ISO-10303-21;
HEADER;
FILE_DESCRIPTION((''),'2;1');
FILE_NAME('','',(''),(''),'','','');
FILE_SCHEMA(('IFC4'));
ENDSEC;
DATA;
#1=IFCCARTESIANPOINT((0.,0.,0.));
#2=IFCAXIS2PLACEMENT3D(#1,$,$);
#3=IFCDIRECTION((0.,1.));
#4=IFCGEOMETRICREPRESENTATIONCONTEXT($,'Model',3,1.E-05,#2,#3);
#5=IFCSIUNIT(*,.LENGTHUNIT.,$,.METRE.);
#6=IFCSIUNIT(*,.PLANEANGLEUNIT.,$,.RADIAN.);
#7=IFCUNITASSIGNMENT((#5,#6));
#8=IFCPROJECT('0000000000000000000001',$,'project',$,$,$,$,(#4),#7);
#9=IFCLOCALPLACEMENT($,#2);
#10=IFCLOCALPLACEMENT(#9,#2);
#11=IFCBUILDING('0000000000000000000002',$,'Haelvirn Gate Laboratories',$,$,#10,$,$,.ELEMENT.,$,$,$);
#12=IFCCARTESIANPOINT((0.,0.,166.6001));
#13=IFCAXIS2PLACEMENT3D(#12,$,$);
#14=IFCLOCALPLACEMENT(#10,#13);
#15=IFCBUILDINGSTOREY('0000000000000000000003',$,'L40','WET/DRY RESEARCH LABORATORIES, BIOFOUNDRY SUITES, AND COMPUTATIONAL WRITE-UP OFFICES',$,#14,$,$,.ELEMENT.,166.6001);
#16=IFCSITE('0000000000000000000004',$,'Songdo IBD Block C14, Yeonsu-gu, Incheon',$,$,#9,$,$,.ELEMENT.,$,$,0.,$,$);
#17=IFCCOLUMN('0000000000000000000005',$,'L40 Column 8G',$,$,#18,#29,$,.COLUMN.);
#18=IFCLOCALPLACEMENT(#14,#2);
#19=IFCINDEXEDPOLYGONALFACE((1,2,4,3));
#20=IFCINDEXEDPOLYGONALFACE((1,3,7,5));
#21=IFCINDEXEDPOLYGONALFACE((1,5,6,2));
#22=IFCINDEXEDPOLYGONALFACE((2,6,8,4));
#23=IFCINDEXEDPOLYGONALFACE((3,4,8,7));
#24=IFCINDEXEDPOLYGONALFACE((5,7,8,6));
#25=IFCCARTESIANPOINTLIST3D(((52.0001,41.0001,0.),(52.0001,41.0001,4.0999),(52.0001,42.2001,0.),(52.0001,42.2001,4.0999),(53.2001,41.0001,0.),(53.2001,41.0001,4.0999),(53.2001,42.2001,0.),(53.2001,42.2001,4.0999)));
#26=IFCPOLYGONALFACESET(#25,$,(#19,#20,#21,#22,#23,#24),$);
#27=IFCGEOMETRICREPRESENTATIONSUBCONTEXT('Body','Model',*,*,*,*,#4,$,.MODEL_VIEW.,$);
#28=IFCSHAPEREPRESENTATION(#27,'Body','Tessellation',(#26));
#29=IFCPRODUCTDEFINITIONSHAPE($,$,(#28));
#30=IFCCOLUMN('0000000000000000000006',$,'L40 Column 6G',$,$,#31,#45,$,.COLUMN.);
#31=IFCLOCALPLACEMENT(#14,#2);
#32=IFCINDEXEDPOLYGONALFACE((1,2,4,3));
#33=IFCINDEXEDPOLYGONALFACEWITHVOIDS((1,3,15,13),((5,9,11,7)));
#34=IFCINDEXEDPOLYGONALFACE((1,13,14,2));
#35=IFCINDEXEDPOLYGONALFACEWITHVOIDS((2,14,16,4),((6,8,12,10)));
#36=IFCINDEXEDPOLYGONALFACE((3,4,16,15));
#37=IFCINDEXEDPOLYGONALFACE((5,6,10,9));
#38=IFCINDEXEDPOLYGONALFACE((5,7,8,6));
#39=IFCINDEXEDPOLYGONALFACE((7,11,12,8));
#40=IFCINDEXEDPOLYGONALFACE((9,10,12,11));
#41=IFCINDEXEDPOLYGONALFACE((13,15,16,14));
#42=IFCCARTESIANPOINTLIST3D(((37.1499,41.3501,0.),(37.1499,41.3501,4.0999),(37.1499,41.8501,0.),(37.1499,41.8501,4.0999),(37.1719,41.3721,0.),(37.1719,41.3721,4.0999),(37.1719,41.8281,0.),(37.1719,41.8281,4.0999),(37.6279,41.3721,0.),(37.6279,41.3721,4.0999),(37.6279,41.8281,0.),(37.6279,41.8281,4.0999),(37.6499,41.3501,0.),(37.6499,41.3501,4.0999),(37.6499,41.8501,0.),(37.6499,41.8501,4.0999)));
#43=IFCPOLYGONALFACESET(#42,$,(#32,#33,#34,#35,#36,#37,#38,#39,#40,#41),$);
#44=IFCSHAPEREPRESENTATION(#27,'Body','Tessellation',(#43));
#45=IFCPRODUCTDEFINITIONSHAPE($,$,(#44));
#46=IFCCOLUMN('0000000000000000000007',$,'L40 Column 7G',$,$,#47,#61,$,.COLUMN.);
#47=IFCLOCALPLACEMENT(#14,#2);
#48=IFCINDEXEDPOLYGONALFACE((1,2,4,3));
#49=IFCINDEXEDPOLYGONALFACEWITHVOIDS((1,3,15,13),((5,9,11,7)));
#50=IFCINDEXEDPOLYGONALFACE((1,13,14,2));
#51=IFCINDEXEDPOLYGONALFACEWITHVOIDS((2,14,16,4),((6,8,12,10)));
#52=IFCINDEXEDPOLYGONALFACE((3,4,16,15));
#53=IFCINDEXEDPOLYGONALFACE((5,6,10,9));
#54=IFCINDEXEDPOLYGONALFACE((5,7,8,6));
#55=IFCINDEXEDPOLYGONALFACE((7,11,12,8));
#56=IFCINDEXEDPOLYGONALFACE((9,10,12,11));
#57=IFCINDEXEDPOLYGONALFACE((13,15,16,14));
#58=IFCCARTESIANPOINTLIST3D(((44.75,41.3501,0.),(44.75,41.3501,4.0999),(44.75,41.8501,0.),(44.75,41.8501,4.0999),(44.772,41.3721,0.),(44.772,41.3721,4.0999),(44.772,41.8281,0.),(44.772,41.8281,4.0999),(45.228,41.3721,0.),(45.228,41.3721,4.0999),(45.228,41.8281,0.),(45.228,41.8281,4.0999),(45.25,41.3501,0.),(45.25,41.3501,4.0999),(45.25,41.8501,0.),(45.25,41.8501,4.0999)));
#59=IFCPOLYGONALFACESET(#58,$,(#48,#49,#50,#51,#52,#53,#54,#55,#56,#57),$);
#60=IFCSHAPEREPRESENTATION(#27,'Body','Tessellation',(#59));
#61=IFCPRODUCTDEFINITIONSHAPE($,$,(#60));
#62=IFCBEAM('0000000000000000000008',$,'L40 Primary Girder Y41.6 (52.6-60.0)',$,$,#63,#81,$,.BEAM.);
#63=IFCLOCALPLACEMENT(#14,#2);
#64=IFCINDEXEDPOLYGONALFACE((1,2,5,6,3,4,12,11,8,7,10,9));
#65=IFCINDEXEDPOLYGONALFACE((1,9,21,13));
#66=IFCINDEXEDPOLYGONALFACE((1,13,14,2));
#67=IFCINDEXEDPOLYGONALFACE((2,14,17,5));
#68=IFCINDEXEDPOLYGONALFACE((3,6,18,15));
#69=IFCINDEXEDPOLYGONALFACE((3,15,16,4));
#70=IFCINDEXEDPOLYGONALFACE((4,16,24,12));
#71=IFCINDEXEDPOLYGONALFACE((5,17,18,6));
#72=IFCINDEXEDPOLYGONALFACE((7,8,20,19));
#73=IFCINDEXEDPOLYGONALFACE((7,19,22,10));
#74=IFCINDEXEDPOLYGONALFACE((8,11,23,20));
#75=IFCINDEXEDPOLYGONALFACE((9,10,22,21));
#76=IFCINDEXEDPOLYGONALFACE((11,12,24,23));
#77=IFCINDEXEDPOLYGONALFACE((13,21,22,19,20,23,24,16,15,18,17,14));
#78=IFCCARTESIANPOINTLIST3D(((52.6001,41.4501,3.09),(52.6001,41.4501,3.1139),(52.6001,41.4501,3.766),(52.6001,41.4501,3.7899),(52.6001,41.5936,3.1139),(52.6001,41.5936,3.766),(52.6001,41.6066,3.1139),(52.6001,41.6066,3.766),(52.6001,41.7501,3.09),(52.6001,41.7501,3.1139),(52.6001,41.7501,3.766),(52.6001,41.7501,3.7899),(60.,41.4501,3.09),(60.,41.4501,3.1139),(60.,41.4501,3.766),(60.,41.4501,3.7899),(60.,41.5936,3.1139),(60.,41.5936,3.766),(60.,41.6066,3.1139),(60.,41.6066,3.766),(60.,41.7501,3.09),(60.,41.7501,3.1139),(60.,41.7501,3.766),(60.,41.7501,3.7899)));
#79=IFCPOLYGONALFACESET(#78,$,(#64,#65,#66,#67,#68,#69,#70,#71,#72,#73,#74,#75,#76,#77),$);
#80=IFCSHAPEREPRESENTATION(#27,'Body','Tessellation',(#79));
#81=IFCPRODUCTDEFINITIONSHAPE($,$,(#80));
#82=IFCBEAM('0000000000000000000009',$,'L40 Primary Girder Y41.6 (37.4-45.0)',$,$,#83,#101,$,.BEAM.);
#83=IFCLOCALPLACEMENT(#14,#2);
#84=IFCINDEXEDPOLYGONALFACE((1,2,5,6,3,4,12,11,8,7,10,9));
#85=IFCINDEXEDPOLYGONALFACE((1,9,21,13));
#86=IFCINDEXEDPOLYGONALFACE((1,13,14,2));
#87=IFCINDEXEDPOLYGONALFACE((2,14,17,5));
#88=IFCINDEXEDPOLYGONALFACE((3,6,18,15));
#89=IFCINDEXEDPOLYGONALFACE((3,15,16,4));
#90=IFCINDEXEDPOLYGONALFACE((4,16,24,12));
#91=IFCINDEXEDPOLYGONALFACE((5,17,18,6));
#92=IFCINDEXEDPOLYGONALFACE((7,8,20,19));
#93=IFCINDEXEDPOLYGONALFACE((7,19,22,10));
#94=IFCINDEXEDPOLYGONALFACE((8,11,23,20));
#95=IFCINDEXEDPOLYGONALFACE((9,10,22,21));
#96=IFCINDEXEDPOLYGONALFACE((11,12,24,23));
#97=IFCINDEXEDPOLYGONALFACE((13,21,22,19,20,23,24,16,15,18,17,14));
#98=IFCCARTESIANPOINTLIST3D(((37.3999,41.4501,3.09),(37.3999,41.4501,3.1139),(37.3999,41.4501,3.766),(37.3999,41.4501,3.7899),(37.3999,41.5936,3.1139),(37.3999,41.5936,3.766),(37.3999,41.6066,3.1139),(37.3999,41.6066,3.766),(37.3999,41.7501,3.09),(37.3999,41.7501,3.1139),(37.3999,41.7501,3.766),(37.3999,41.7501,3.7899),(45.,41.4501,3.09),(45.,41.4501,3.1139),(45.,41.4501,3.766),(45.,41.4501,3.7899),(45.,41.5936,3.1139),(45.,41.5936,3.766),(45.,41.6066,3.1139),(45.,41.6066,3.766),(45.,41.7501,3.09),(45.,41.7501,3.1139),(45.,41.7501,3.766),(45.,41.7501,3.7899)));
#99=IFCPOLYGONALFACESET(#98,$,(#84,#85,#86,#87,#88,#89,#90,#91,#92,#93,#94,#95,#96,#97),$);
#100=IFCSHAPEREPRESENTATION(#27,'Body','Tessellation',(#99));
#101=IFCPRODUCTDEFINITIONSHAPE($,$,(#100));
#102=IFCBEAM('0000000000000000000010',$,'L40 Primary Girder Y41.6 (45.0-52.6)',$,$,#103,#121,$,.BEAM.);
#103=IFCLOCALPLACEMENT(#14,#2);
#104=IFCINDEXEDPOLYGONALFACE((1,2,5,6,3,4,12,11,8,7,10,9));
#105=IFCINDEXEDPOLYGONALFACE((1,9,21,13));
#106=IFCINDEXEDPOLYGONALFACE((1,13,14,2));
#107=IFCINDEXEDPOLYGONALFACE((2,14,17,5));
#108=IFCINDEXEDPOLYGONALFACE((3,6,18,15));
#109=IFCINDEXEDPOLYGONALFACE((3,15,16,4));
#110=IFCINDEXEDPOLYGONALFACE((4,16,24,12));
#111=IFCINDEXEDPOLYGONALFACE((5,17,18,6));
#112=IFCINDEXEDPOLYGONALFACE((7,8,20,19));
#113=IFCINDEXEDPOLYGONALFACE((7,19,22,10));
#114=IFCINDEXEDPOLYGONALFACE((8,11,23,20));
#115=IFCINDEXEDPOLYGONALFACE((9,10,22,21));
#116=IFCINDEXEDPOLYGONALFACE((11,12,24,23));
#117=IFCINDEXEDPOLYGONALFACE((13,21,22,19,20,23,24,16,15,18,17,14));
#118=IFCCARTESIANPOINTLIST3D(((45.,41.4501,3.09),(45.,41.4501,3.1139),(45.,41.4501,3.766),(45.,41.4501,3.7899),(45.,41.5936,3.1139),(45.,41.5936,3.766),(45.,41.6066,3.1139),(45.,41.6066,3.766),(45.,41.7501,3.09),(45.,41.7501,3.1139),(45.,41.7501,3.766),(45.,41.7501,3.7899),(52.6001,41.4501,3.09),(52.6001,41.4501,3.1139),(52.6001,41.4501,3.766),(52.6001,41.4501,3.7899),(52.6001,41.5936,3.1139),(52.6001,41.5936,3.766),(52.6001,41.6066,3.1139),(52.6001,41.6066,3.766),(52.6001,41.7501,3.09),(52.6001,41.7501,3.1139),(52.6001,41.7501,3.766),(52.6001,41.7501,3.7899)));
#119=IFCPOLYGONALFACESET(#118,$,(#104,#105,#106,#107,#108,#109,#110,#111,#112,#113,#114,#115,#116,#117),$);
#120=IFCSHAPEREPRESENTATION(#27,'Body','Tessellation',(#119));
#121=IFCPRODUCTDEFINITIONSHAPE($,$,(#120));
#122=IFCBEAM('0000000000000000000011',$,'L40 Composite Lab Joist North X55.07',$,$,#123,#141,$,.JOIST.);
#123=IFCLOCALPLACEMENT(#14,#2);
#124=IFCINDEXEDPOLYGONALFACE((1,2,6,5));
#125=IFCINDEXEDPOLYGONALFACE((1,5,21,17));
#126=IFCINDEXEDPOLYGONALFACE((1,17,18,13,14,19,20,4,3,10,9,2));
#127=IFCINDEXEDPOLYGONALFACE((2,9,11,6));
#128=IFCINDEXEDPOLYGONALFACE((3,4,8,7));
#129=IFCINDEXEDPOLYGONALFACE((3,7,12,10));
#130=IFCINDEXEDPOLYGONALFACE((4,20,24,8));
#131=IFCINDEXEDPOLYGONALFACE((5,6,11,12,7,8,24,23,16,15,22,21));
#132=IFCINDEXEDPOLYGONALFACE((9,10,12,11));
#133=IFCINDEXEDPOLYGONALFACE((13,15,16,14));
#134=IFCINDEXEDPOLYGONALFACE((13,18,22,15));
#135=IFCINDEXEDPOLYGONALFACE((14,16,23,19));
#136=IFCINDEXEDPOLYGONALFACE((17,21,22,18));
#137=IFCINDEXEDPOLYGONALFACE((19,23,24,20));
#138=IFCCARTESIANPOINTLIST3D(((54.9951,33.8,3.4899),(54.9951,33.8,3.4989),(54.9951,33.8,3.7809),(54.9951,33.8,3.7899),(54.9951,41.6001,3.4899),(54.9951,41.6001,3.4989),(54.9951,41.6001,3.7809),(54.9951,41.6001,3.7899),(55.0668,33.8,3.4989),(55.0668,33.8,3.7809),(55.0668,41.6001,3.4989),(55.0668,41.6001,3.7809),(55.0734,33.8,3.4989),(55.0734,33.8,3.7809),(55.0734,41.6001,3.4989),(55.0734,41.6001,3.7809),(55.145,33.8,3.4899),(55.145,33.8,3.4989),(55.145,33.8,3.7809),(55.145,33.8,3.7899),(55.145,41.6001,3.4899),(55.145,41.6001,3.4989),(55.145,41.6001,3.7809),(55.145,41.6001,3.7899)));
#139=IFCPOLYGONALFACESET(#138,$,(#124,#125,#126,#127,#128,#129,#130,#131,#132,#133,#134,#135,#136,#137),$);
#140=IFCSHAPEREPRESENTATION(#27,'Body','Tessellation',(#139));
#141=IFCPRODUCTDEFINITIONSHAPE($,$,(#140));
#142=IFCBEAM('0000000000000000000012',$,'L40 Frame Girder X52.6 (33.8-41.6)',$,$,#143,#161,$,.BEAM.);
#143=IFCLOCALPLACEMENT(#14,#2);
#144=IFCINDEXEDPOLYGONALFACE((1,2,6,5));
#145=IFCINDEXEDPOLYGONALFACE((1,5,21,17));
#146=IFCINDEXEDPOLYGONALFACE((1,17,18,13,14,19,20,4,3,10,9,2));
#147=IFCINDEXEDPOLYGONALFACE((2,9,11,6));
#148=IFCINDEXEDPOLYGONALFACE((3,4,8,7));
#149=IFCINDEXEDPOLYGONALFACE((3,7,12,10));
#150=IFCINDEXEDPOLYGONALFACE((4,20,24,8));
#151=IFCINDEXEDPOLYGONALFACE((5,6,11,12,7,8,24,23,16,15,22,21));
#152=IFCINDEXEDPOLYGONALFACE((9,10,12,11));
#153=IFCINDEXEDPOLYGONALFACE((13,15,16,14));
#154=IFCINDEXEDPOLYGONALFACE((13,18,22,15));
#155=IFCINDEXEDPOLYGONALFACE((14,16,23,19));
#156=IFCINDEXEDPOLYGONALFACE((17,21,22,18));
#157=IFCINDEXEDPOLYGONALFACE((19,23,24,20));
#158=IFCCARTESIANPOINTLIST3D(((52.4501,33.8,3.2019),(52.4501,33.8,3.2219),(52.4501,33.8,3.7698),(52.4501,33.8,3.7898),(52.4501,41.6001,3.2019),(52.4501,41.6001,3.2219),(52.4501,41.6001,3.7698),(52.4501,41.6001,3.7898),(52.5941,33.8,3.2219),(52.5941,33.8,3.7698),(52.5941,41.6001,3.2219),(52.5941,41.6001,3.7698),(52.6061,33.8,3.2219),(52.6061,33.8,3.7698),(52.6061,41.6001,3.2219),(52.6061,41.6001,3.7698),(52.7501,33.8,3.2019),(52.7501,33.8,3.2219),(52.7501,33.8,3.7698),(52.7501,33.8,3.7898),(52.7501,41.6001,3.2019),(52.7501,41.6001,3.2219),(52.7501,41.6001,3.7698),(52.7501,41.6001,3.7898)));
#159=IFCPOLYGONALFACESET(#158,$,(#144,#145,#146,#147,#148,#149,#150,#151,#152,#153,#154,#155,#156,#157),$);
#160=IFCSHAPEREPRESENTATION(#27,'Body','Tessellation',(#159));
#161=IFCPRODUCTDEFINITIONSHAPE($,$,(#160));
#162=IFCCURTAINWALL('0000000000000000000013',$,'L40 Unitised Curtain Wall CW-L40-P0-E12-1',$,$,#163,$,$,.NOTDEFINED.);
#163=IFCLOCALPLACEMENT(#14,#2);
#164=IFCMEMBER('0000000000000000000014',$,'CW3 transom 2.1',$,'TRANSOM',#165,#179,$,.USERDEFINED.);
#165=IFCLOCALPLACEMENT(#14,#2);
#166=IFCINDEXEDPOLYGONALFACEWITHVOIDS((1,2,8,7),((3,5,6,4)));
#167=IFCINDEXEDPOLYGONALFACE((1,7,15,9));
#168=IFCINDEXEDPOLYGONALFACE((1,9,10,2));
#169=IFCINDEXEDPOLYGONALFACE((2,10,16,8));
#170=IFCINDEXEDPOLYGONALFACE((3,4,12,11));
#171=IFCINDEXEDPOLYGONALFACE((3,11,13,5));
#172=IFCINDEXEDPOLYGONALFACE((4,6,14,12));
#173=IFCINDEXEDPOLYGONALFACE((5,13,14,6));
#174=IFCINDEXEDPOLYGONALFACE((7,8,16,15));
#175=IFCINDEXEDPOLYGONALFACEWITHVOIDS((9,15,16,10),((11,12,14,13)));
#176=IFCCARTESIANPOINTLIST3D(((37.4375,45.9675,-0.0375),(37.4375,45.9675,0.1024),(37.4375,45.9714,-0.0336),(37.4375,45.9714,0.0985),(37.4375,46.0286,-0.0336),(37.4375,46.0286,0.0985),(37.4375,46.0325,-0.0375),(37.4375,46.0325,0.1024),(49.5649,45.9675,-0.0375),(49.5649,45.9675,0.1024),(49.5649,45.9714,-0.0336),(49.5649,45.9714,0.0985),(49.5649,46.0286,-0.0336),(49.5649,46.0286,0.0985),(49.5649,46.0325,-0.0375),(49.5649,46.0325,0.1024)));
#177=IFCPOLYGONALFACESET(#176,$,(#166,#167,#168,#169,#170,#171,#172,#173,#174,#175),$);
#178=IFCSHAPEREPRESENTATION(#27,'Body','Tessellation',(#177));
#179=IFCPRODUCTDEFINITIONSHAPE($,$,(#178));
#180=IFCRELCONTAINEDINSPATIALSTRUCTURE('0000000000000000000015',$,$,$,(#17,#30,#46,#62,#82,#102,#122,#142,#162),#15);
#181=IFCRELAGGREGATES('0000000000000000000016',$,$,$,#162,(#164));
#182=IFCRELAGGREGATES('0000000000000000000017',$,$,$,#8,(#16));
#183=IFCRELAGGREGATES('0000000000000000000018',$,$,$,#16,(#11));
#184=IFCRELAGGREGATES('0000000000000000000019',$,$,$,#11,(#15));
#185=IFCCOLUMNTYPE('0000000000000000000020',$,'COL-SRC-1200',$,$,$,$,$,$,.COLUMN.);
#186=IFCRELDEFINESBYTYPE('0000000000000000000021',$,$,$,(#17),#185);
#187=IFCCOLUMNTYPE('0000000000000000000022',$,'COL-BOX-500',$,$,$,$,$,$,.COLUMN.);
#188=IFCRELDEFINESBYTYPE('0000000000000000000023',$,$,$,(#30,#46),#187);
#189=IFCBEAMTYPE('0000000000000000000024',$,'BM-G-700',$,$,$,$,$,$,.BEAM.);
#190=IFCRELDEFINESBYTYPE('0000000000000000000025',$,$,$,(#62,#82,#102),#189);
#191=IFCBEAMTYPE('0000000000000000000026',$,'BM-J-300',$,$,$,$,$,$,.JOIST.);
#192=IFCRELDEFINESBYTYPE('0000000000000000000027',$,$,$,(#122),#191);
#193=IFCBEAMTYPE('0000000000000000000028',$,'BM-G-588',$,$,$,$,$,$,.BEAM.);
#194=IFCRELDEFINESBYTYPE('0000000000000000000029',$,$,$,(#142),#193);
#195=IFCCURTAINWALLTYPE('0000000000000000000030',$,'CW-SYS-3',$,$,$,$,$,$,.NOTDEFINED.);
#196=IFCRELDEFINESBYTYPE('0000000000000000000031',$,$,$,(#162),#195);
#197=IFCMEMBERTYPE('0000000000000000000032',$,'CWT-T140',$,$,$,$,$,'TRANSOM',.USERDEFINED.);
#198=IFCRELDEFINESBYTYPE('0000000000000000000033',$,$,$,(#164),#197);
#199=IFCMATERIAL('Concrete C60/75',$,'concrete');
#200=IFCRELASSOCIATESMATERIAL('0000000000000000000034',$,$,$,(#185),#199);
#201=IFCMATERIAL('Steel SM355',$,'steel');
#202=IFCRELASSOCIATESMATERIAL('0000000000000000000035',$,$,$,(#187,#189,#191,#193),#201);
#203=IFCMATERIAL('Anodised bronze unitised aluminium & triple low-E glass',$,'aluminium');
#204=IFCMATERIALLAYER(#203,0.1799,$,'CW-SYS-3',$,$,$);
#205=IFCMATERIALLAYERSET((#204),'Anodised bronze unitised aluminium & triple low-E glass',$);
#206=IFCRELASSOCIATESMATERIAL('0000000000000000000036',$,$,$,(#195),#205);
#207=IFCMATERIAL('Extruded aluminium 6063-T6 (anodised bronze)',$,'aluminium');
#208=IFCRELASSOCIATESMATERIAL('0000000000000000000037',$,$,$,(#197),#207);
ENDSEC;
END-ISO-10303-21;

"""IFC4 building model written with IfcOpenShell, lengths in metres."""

from ifc_helpers import new_model, si_unit, direction, frame, origin, origin_2d, place, context, subcontext, project, spatial, rectangle, hollow_rectangle, i_section, extrude, source, transform, mapped, material, layer, layer_set, material_profile, profile_set, type_object, type_shapes, element, aggregate, save


model = new_model("IFC4")

# Units and contexts
model_context = context("Model", 3, precision=1e-05, world=origin(), true_north=direction((0.0, 1.0)))
body_context = subcontext(model_context, "Body", "Model", "MODEL_VIEW")
ifc_project = project(units=[si_unit("LENGTHUNIT", "METRE"), si_unit("PLANEANGLEUNIT", "RADIAN")], contexts=[model_context])

# Site, building, storey
site_placement = place(None, origin())
site = spatial("IfcSite", under=ifc_project, at=site_placement, Name="Songdo IBD Block C14, Yeonsu-gu, Incheon", CompositionType="ELEMENT", RefElevation=0.0)
building_placement = place(site_placement, origin())
building = spatial("IfcBuilding", under=site, at=building_placement, Name="Haelvirn Gate Laboratories", CompositionType="ELEMENT")
storey_placement = place(building_placement, frame((0.0, 0.0, 166.6001)))
storey = spatial("IfcBuildingStorey", under=building, at=storey_placement, Name="L40", Description="WET/DRY RESEARCH LABORATORIES, BIOFOUNDRY SUITES, AND COMPUTATIONAL WRITE-UP OFFICES", CompositionType="ELEMENT", Elevation=166.6001)

# Columns
ifc_material_1 = material(Name="Concrete C60/75", Category="concrete")
ifc_material_profile_1 = material_profile(ifc_material_1, rectangle(XDim=1.2, YDim=1.2, at=origin_2d()), Name="SRC-1200x1200")
ifc_profile_set_1 = profile_set([ifc_material_profile_1], Name="Concrete C60/75")
column_type_1 = type_object("IfcColumnType", Name="COL-SRC-1200", PredefinedType="COLUMN", material=ifc_profile_set_1)
shared_shape_1 = source(origin(), body_context, "Body", "SweptSolid", [
    extrude(rectangle(XDim=1.2, YDim=1.2, at=origin_2d()), origin(), (0.0, 0.0, 1.0), 4.0999),
])
type_shapes(column_type_1, [shared_shape_1])
column_placement = place(storey_placement, frame((52.6001, 41.6001, 0.0), z_axis=(0.0, 0.0, 1.0), x_axis=(1.0, 0.0, 0.0)))
element("IfcColumn", 1, at=column_placement, inside=storey, type_object=column_type_1, Name="L40 Column 8G", PredefinedType="COLUMN", context=body_context, shape_type="MappedRepresentation", body=[
    mapped(shared_shape_1, transform((0.0, 0.0, 0.0), scale=1.0)),
])
ifc_material_2 = material(Name="Steel SM355", Category="steel")
ifc_material_profile_2 = material_profile(ifc_material_2, hollow_rectangle(XDim=0.5, YDim=0.5, WallThickness=0.022, at=origin_2d()), Name="BOX-500x500x22")
ifc_profile_set_2 = profile_set([ifc_material_profile_2], Name="Steel SM355")
column_type_2 = type_object("IfcColumnType", Name="COL-BOX-500", PredefinedType="COLUMN", material=ifc_profile_set_2)
shared_shape_2 = source(origin(), body_context, "Body", "SweptSolid", [
    extrude(hollow_rectangle(XDim=0.5, YDim=0.5, WallThickness=0.022, at=origin_2d()), origin(), (0.0, 0.0, 1.0), 4.0999),
])
type_shapes(column_type_2, [shared_shape_2])
for number, where, z_axis, x_axis, name in (
    (2, (37.3999, 41.6001, 0.0), (0.0, 0.0, 1.0), (1.0, 0.0, 0.0), "L40 Column 6G"),
    (3, (45.0, 41.6001, 0.0), (0.0, 0.0, 1.0), (1.0, 0.0, 0.0), "L40 Column 7G"),
):
    element("IfcColumn", number, at=place(storey_placement, frame(where, z_axis=z_axis, x_axis=x_axis)), inside=storey, type_object=column_type_2, Name=name, PredefinedType="COLUMN", context=body_context, shape_type="MappedRepresentation", body=[
        mapped(shared_shape_2, transform((0.0, 0.0, 0.0), scale=1.0)),
    ])

# Beams
ifc_material_profile_3 = material_profile(ifc_material_2, i_section(OverallWidth=0.3, OverallDepth=0.7, WebThickness=0.0129, FlangeThickness=0.0239, at=origin_2d()), Name="H-700x300x13x24")
ifc_profile_set_3 = profile_set([ifc_material_profile_3], Name="Steel SM355")
beam_type_1 = type_object("IfcBeamType", Name="BM-G-700", PredefinedType="BEAM", material=ifc_profile_set_3)
shared_shape_3 = source(origin(), body_context, "Body", "SweptSolid", [
    extrude(i_section(OverallWidth=0.3, OverallDepth=0.7, WebThickness=0.0129, FlangeThickness=0.0239, at=origin_2d()), origin(), (0.0, 0.0, 1.0), 7.3999),
])
beam_1_placement = place(storey_placement, frame((52.6001, 41.6001, 3.4399), z_axis=(1.0, 0.0, 0.0), x_axis=(0.0, 1.0, 0.0)))
element("IfcBeam", 4, at=beam_1_placement, inside=storey, type_object=beam_type_1, Name="L40 Primary Girder Y41.6 (52.6-60.0)", PredefinedType="BEAM", context=body_context, shape_type="MappedRepresentation", body=[
    mapped(shared_shape_3, transform((0.0, 0.0, 0.0), scale=1.0)),
])
shared_shape_4 = source(origin(), body_context, "Body", "SweptSolid", [
    extrude(i_section(OverallWidth=0.3, OverallDepth=0.7, WebThickness=0.0129, FlangeThickness=0.0239, at=origin_2d()), origin(), (0.0, 0.0, 1.0), 7.6001),
])
type_shapes(beam_type_1, [shared_shape_3, shared_shape_4])
for number, where, z_axis, x_axis, name in (
    (5, (37.3999, 41.6001, 3.4399), (1.0, 0.0, 0.0), (0.0, 1.0, 0.0), "L40 Primary Girder Y41.6 (37.4-45.0)"),
    (6, (45.0, 41.6001, 3.4399), (1.0, 0.0, 0.0), (0.0, 1.0, 0.0), "L40 Primary Girder Y41.6 (45.0-52.6)"),
):
    element("IfcBeam", number, at=place(storey_placement, frame(where, z_axis=z_axis, x_axis=x_axis)), inside=storey, type_object=beam_type_1, Name=name, PredefinedType="BEAM", context=body_context, shape_type="MappedRepresentation", body=[
        mapped(shared_shape_4, transform((0.0, 0.0, 0.0), scale=1.0)),
    ])
ifc_material_profile_4 = material_profile(ifc_material_2, i_section(OverallWidth=0.1499, OverallDepth=0.3, WebThickness=0.0066, FlangeThickness=0.009, at=origin_2d()), Name="H-300x150x6.5x9")
ifc_profile_set_4 = profile_set([ifc_material_profile_4], Name="Steel SM355")
beam_type_2 = type_object("IfcBeamType", Name="BM-J-300", PredefinedType="JOIST", material=ifc_profile_set_4)
shared_shape_5 = source(origin(), body_context, "Body", "SweptSolid", [
    extrude(i_section(OverallWidth=0.1499, OverallDepth=0.3, WebThickness=0.0066, FlangeThickness=0.009, at=origin_2d()), origin(), (0.0, 0.0, 1.0), 7.8),
])
type_shapes(beam_type_2, [shared_shape_5])
beam_2_placement = place(storey_placement, frame((55.0701, 33.8, 3.6399), z_axis=(0.0, 1.0, 0.0), x_axis=(-1.0, 0.0, 0.0)))
element("IfcBeam", 7, at=beam_2_placement, inside=storey, type_object=beam_type_2, Name="L40 Composite Lab Joist North X55.07", PredefinedType="JOIST", context=body_context, shape_type="MappedRepresentation", body=[
    mapped(shared_shape_5, transform((0.0, 0.0, 0.0), scale=1.0)),
])
ifc_material_profile_5 = material_profile(ifc_material_2, i_section(OverallWidth=0.3, OverallDepth=0.5879, WebThickness=0.012, FlangeThickness=0.02, at=origin_2d()), Name="H-588x300x12x20")
ifc_profile_set_5 = profile_set([ifc_material_profile_5], Name="Steel SM355")
beam_type_3 = type_object("IfcBeamType", Name="BM-G-588", PredefinedType="BEAM", material=ifc_profile_set_5)
shared_shape_6 = source(origin(), body_context, "Body", "SweptSolid", [
    extrude(i_section(OverallWidth=0.3, OverallDepth=0.5879, WebThickness=0.012, FlangeThickness=0.02, at=origin_2d()), origin(), (0.0, 0.0, 1.0), 7.8),
])
type_shapes(beam_type_3, [shared_shape_6])
beam_3_placement = place(storey_placement, frame((52.6001, 33.8, 3.4958), z_axis=(0.0, 1.0, 0.0), x_axis=(-1.0, 0.0, 0.0)))
element("IfcBeam", 8, at=beam_3_placement, inside=storey, type_object=beam_type_3, Name="L40 Frame Girder X52.6 (33.8-41.6)", PredefinedType="BEAM", context=body_context, shape_type="MappedRepresentation", body=[
    mapped(shared_shape_6, transform((0.0, 0.0, 0.0), scale=1.0)),
])

# Curtain wall, member
ifc_material_3 = material(Name="Anodised bronze unitised aluminium & triple low-E glass", Category="aluminium")
ifc_layer_1 = layer(ifc_material_3, 0.1799, Name="CW-SYS-3")
ifc_layer_set_1 = layer_set([ifc_layer_1], Name="Anodised bronze unitised aluminium & triple low-E glass")
curtain_wall_type = type_object("IfcCurtainWallType", Name="CW-SYS-3", PredefinedType="NOTDEFINED", material=ifc_layer_set_1)
curtain_wall_1_placement = place(storey_placement, origin())
curtain_wall_1 = element("IfcCurtainWall", 9, at=curtain_wall_1_placement, inside=storey, type_object=curtain_wall_type, Name="L40 Unitised Curtain Wall CW-L40-P0-E12-1", PredefinedType="NOTDEFINED")
ifc_material_4 = material(Name="Extruded aluminium 6063-T6 (anodised bronze)", Category="aluminium")
ifc_material_profile_6 = material_profile(ifc_material_4, hollow_rectangle(XDim=0.0649, YDim=0.1399, WallThickness=0.0039, at=origin_2d()), Name="CWT-140x65x4")
ifc_profile_set_6 = profile_set([ifc_material_profile_6], Name="Extruded aluminium 6063-T6 (anodised bronze)")
member_type_1 = type_object("IfcMemberType", Name="CWT-T140", ElementType="TRANSOM", PredefinedType="USERDEFINED", material=ifc_profile_set_6)
shared_shape_7 = source(origin(), body_context, "Body", "SweptSolid", [
    extrude(hollow_rectangle(XDim=0.0649, YDim=0.1399, WallThickness=0.0039, at=origin_2d()), origin(), (0.0, 0.0, 1.0), 12.1274),
])
member_1_placement = place(storey_placement, frame((37.4375, 46.0, 0.0325), z_axis=(1.0, 0.0, 0.0), x_axis=(0.0, 1.0, 0.0)))
member_1 = element("IfcMember", 10, at=member_1_placement, type_object=member_type_1, Name="CW3 transom 2.1", ObjectType="TRANSOM", PredefinedType="USERDEFINED", context=body_context, shape_type="MappedRepresentation", body=[
    mapped(shared_shape_7, transform((0.0, 0.0, 0.0), scale=1.0)),
])

aggregate(curtain_wall_1, [member_1])

save(model, "model.ifc")
